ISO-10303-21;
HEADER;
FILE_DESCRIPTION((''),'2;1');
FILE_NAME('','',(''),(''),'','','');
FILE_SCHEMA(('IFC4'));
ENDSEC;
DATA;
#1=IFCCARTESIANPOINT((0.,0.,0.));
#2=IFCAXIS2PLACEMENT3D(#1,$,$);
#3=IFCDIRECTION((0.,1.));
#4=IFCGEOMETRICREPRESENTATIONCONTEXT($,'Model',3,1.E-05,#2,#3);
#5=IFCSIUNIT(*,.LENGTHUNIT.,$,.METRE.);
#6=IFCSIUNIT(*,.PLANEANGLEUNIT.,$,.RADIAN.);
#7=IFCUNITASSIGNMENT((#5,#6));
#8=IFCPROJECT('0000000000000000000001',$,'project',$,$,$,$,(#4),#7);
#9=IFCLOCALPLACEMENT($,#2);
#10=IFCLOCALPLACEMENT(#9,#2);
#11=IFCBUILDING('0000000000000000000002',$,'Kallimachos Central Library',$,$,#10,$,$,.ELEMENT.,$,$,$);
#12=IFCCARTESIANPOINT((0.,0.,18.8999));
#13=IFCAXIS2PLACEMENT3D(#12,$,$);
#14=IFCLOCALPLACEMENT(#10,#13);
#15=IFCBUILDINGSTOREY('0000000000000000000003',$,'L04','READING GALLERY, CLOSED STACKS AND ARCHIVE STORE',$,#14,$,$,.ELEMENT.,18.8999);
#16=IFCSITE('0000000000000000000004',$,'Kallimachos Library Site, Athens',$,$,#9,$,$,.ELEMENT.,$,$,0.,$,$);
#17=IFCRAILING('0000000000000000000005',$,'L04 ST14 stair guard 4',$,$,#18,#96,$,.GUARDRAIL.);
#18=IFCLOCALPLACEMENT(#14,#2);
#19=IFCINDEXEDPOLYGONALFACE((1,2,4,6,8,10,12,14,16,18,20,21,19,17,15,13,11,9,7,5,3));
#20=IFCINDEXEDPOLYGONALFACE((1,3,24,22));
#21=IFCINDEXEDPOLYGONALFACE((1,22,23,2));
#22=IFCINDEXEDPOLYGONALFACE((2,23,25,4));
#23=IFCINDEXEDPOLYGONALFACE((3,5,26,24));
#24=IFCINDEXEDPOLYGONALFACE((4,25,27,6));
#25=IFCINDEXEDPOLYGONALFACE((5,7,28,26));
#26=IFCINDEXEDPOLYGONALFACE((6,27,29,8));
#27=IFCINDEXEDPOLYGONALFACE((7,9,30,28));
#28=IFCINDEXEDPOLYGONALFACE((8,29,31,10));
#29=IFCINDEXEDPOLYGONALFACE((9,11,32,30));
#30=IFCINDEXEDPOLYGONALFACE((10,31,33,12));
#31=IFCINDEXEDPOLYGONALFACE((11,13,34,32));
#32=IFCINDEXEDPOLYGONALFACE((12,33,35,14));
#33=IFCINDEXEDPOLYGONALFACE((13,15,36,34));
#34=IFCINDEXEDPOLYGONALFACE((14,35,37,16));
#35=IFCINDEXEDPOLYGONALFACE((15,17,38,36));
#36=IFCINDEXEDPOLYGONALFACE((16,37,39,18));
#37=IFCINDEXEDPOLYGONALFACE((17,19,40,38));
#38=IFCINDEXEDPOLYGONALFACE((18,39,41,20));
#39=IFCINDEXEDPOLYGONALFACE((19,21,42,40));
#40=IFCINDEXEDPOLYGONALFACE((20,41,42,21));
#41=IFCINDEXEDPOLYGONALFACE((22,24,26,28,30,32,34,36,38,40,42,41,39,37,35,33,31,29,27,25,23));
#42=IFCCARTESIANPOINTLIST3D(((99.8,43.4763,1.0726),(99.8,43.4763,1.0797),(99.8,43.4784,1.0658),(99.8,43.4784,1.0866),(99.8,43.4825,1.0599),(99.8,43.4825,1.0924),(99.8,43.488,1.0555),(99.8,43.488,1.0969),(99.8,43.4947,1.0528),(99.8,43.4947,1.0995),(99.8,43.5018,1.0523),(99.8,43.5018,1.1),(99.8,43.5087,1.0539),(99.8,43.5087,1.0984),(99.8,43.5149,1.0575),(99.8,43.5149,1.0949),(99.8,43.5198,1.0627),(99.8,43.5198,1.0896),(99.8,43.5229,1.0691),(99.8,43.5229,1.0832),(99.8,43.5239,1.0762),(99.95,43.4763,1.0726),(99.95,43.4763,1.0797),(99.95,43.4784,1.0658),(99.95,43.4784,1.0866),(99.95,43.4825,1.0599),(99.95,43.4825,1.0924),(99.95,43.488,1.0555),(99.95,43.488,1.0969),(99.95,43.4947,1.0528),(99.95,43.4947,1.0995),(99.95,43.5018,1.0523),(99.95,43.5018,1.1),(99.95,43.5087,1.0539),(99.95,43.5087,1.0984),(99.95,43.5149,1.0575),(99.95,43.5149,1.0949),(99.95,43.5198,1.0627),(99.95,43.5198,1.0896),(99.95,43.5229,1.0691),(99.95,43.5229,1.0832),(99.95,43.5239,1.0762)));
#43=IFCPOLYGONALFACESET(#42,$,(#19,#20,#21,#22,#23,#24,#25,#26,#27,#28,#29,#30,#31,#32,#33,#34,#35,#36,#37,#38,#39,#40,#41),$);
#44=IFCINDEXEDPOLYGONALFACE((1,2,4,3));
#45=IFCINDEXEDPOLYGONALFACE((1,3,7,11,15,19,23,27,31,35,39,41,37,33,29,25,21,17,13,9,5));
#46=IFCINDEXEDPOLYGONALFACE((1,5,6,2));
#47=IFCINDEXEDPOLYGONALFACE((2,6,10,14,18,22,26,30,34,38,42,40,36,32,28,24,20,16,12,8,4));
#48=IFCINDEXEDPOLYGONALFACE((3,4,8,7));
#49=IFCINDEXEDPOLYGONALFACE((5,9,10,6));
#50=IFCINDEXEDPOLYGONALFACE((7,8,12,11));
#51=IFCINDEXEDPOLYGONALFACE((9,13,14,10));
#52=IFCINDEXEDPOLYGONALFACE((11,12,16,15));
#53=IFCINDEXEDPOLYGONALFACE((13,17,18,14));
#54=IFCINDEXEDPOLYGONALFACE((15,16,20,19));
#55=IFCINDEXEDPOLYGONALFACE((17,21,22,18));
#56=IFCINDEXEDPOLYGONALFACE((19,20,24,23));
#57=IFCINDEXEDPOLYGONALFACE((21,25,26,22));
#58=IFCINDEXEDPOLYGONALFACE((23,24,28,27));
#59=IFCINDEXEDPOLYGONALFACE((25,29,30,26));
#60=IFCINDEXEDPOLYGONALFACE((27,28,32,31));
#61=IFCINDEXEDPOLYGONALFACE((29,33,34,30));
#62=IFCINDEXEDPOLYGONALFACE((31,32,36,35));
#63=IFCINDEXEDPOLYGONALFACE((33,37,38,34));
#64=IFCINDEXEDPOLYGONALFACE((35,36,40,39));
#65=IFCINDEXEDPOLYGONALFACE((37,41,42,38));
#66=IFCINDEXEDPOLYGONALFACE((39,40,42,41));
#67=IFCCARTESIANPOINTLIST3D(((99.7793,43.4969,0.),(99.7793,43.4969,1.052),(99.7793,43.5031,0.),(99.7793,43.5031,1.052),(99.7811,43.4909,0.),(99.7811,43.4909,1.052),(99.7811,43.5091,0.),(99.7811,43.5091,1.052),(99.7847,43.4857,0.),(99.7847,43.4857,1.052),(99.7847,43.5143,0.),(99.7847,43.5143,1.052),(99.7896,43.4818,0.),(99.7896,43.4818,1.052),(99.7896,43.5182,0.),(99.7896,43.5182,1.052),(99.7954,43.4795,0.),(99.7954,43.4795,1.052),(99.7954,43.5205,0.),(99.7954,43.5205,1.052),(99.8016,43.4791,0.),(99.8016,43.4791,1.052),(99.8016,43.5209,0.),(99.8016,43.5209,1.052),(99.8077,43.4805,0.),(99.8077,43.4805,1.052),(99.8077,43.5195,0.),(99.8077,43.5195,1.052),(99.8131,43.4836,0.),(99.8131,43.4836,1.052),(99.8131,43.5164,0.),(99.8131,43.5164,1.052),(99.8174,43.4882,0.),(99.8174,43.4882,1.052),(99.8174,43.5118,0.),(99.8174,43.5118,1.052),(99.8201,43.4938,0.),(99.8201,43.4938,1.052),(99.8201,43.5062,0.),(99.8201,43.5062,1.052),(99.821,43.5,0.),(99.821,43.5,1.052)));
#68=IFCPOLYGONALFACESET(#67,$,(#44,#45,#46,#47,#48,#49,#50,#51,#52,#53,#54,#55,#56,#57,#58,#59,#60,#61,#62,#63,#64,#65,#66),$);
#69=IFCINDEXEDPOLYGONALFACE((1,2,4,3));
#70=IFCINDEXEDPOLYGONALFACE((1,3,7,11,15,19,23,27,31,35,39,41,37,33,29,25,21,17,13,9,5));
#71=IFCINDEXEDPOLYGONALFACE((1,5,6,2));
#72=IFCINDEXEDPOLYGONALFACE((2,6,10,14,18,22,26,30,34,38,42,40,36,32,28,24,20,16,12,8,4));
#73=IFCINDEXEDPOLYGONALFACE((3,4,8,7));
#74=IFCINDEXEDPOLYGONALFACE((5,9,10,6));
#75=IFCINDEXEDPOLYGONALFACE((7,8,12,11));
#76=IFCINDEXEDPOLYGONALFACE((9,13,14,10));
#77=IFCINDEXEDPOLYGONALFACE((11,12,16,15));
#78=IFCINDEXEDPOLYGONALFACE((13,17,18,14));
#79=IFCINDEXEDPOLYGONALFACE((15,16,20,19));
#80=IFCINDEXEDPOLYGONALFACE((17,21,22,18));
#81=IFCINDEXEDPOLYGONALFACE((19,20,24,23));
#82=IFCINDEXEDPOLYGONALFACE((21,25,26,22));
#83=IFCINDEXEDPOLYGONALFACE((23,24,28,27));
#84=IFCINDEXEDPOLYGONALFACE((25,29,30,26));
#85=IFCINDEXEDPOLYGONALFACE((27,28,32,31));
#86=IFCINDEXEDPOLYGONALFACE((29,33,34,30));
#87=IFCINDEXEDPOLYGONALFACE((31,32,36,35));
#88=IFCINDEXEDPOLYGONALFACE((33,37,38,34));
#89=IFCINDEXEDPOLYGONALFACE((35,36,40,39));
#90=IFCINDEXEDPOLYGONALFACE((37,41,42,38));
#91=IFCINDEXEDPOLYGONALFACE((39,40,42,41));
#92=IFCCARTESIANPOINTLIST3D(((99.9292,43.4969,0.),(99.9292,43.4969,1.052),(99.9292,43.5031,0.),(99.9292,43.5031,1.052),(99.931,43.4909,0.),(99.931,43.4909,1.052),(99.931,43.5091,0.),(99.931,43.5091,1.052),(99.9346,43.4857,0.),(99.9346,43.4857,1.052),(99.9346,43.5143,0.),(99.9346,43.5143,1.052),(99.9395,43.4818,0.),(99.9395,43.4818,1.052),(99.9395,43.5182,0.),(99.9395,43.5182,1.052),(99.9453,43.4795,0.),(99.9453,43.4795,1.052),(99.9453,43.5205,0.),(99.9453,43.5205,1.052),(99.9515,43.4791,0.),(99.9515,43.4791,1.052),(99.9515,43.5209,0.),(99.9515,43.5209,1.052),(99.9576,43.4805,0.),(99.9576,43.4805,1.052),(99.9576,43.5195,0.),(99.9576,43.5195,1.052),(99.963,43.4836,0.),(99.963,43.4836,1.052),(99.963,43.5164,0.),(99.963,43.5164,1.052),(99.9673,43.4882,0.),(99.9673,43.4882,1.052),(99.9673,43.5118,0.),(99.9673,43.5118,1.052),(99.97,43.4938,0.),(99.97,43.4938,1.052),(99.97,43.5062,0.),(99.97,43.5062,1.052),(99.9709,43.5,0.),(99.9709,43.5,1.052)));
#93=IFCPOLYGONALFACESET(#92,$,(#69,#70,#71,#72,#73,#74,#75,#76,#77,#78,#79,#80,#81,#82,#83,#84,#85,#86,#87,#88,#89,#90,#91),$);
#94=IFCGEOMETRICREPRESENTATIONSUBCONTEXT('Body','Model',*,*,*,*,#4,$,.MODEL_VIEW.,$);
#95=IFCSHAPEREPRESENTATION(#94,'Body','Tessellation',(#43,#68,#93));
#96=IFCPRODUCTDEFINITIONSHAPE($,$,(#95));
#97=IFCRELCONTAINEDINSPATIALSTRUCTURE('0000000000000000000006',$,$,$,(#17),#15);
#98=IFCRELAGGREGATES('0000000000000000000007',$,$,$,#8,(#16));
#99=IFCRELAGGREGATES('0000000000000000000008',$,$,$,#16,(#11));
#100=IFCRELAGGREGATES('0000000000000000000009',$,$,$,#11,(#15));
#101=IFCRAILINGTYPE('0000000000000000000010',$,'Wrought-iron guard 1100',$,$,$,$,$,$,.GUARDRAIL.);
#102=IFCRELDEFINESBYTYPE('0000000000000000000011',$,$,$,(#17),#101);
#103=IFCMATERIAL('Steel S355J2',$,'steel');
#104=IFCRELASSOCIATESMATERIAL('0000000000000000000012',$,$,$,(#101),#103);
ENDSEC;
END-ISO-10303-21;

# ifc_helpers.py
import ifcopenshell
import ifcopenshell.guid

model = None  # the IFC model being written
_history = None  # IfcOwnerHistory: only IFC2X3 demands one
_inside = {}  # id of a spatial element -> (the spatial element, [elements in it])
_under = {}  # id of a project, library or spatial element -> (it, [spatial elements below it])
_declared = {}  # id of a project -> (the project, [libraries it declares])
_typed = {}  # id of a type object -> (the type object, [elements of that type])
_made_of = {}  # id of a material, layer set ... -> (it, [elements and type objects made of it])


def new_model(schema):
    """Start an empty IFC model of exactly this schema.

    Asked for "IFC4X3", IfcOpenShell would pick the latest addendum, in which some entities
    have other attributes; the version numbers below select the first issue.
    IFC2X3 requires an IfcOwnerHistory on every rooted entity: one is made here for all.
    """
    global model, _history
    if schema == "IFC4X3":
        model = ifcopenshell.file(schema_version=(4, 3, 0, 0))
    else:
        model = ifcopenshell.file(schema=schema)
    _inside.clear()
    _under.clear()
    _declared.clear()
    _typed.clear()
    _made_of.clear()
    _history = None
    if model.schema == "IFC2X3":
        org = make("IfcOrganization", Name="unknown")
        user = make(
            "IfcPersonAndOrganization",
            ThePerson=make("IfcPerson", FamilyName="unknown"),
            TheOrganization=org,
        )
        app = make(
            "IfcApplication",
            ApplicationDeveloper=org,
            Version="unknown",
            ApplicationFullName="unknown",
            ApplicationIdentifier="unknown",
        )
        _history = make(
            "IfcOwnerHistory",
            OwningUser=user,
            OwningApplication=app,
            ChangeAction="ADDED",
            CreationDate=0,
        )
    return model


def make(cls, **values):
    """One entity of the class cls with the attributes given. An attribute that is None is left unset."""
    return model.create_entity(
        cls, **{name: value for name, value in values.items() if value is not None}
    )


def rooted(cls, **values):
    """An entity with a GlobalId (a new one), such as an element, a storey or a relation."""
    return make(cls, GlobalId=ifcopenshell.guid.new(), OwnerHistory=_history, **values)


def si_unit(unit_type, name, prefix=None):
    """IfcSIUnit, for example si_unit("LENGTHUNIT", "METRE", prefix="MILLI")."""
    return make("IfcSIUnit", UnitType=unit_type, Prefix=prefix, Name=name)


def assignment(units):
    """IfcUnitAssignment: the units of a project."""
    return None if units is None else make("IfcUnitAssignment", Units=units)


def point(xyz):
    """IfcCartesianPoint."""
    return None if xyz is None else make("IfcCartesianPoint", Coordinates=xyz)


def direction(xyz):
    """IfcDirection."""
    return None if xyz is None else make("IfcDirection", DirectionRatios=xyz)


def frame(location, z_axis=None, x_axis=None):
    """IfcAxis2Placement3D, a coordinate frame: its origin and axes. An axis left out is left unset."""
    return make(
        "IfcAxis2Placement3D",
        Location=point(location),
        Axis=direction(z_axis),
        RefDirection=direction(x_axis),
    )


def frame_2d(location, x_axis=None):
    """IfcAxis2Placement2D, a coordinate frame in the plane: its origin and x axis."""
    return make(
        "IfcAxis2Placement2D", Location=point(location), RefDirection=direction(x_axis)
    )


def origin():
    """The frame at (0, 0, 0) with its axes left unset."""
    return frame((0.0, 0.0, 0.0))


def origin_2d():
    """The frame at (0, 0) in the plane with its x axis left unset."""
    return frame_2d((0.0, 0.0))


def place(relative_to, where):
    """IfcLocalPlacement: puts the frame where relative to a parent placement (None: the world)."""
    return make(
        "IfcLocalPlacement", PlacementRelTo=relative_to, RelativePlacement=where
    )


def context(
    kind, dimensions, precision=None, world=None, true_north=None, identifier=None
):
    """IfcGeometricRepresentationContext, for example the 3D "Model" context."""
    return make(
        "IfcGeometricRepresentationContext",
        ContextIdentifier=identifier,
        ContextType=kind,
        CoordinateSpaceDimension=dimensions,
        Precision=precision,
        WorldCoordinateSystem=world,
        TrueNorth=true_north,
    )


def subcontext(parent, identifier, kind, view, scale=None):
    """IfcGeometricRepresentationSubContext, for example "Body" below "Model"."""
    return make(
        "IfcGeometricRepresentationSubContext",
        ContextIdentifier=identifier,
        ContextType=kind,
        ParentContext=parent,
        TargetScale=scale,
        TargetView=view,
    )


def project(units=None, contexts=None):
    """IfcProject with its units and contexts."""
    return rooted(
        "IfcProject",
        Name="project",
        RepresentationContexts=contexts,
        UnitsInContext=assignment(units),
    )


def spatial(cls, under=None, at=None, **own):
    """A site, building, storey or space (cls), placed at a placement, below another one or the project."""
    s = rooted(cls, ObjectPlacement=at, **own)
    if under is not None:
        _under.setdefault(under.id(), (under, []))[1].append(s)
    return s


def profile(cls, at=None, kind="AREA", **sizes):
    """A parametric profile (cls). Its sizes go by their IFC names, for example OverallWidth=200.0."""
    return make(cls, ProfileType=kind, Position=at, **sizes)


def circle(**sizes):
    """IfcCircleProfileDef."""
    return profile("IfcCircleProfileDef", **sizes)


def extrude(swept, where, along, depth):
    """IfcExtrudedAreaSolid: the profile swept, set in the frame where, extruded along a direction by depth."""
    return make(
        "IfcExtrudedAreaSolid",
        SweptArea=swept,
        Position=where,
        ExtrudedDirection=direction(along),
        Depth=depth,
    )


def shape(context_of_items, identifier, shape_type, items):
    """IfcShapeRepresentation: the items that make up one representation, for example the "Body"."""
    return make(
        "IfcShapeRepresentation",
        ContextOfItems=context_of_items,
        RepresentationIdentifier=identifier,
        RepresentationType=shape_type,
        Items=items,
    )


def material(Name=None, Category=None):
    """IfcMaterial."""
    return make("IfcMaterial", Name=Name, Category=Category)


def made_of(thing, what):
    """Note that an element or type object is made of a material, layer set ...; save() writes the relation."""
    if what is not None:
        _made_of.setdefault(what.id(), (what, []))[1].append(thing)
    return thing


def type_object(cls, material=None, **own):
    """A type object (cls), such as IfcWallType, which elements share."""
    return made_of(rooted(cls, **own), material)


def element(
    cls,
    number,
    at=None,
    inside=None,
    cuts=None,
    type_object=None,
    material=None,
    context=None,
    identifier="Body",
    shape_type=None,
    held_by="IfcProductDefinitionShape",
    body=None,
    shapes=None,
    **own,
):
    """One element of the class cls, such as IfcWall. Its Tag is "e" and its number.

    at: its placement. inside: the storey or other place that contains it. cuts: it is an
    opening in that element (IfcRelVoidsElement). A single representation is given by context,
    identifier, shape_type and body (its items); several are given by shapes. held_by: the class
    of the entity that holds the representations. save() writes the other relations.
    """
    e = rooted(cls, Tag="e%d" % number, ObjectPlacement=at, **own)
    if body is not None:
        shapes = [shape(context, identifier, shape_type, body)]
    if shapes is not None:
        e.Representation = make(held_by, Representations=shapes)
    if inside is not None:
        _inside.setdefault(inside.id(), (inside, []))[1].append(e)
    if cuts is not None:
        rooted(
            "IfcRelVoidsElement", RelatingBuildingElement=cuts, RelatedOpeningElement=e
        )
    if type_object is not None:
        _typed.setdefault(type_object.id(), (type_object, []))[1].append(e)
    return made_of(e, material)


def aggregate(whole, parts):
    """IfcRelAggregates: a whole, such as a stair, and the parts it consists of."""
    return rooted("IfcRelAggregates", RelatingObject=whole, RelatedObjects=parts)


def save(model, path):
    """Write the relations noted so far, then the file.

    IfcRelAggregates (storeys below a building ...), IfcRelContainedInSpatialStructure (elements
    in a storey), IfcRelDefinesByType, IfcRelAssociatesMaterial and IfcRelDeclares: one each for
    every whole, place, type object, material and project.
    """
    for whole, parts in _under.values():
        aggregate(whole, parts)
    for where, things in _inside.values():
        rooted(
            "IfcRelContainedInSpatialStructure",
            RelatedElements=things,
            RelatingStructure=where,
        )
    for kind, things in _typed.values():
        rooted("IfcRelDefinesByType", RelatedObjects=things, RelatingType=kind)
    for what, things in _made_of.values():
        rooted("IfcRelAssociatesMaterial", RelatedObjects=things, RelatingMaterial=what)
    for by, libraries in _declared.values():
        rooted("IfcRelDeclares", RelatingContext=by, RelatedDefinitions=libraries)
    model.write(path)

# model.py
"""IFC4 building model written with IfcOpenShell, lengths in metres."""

from ifc_helpers import new_model, si_unit, direction, frame, origin, origin_2d, place, context, subcontext, project, spatial, circle, extrude, material, type_object, element, save


model = new_model("IFC4")

# Units and contexts
model_context = context("Model", 3, precision=1e-05, world=origin(), true_north=direction((0.0, 1.0)))
body_context = subcontext(model_context, "Body", "Model", "MODEL_VIEW")
ifc_project = project(units=[si_unit("LENGTHUNIT", "METRE"), si_unit("PLANEANGLEUNIT", "RADIAN")], contexts=[model_context])

# Site, building, storey
site_placement = place(None, origin())
site = spatial("IfcSite", under=ifc_project, at=site_placement, Name="Kallimachos Library Site, Athens", CompositionType="ELEMENT", RefElevation=0.0)
building_placement = place(site_placement, origin())
building = spatial("IfcBuilding", under=site, at=building_placement, Name="Kallimachos Central Library", CompositionType="ELEMENT")
storey_placement = place(building_placement, frame((0.0, 0.0, 18.8999)))
storey = spatial("IfcBuildingStorey", under=building, at=storey_placement, Name="L04", Description="READING GALLERY, CLOSED STACKS AND ARCHIVE STORE", CompositionType="ELEMENT", Elevation=18.8999)

# Railing
ifc_material_1 = material(Name="Steel S355J2", Category="steel")
railing_type_1 = type_object("IfcRailingType", Name="Wrought-iron guard 1100", PredefinedType="GUARDRAIL", material=ifc_material_1)
railing_1_placement = place(storey_placement, frame((99.8, 43.5, 0.0)))
element("IfcRailing", 1, at=railing_1_placement, inside=storey, type_object=railing_type_1, Name="L04 ST14 stair guard 4", PredefinedType="GUARDRAIL", context=body_context, shape_type="SweptSolid", body=[
    extrude(circle(Radius=0.0239, at=origin_2d()), frame((0.0, 0.0, 1.0762), z_axis=(1.0, 0.0, 0.0), x_axis=(0.0, 1.0, 0.0)), (0.0, 0.0, 1.0), 0.1499),
    extrude(circle(Radius=0.021, at=origin_2d()), origin(), (0.0, 0.0, 1.0), 1.052),
    extrude(circle(Radius=0.021, at=origin_2d()), frame((0.1499, 0.0, 0.0)), (0.0, 0.0, 1.0), 1.052),
])

save(model, "model.ifc")
